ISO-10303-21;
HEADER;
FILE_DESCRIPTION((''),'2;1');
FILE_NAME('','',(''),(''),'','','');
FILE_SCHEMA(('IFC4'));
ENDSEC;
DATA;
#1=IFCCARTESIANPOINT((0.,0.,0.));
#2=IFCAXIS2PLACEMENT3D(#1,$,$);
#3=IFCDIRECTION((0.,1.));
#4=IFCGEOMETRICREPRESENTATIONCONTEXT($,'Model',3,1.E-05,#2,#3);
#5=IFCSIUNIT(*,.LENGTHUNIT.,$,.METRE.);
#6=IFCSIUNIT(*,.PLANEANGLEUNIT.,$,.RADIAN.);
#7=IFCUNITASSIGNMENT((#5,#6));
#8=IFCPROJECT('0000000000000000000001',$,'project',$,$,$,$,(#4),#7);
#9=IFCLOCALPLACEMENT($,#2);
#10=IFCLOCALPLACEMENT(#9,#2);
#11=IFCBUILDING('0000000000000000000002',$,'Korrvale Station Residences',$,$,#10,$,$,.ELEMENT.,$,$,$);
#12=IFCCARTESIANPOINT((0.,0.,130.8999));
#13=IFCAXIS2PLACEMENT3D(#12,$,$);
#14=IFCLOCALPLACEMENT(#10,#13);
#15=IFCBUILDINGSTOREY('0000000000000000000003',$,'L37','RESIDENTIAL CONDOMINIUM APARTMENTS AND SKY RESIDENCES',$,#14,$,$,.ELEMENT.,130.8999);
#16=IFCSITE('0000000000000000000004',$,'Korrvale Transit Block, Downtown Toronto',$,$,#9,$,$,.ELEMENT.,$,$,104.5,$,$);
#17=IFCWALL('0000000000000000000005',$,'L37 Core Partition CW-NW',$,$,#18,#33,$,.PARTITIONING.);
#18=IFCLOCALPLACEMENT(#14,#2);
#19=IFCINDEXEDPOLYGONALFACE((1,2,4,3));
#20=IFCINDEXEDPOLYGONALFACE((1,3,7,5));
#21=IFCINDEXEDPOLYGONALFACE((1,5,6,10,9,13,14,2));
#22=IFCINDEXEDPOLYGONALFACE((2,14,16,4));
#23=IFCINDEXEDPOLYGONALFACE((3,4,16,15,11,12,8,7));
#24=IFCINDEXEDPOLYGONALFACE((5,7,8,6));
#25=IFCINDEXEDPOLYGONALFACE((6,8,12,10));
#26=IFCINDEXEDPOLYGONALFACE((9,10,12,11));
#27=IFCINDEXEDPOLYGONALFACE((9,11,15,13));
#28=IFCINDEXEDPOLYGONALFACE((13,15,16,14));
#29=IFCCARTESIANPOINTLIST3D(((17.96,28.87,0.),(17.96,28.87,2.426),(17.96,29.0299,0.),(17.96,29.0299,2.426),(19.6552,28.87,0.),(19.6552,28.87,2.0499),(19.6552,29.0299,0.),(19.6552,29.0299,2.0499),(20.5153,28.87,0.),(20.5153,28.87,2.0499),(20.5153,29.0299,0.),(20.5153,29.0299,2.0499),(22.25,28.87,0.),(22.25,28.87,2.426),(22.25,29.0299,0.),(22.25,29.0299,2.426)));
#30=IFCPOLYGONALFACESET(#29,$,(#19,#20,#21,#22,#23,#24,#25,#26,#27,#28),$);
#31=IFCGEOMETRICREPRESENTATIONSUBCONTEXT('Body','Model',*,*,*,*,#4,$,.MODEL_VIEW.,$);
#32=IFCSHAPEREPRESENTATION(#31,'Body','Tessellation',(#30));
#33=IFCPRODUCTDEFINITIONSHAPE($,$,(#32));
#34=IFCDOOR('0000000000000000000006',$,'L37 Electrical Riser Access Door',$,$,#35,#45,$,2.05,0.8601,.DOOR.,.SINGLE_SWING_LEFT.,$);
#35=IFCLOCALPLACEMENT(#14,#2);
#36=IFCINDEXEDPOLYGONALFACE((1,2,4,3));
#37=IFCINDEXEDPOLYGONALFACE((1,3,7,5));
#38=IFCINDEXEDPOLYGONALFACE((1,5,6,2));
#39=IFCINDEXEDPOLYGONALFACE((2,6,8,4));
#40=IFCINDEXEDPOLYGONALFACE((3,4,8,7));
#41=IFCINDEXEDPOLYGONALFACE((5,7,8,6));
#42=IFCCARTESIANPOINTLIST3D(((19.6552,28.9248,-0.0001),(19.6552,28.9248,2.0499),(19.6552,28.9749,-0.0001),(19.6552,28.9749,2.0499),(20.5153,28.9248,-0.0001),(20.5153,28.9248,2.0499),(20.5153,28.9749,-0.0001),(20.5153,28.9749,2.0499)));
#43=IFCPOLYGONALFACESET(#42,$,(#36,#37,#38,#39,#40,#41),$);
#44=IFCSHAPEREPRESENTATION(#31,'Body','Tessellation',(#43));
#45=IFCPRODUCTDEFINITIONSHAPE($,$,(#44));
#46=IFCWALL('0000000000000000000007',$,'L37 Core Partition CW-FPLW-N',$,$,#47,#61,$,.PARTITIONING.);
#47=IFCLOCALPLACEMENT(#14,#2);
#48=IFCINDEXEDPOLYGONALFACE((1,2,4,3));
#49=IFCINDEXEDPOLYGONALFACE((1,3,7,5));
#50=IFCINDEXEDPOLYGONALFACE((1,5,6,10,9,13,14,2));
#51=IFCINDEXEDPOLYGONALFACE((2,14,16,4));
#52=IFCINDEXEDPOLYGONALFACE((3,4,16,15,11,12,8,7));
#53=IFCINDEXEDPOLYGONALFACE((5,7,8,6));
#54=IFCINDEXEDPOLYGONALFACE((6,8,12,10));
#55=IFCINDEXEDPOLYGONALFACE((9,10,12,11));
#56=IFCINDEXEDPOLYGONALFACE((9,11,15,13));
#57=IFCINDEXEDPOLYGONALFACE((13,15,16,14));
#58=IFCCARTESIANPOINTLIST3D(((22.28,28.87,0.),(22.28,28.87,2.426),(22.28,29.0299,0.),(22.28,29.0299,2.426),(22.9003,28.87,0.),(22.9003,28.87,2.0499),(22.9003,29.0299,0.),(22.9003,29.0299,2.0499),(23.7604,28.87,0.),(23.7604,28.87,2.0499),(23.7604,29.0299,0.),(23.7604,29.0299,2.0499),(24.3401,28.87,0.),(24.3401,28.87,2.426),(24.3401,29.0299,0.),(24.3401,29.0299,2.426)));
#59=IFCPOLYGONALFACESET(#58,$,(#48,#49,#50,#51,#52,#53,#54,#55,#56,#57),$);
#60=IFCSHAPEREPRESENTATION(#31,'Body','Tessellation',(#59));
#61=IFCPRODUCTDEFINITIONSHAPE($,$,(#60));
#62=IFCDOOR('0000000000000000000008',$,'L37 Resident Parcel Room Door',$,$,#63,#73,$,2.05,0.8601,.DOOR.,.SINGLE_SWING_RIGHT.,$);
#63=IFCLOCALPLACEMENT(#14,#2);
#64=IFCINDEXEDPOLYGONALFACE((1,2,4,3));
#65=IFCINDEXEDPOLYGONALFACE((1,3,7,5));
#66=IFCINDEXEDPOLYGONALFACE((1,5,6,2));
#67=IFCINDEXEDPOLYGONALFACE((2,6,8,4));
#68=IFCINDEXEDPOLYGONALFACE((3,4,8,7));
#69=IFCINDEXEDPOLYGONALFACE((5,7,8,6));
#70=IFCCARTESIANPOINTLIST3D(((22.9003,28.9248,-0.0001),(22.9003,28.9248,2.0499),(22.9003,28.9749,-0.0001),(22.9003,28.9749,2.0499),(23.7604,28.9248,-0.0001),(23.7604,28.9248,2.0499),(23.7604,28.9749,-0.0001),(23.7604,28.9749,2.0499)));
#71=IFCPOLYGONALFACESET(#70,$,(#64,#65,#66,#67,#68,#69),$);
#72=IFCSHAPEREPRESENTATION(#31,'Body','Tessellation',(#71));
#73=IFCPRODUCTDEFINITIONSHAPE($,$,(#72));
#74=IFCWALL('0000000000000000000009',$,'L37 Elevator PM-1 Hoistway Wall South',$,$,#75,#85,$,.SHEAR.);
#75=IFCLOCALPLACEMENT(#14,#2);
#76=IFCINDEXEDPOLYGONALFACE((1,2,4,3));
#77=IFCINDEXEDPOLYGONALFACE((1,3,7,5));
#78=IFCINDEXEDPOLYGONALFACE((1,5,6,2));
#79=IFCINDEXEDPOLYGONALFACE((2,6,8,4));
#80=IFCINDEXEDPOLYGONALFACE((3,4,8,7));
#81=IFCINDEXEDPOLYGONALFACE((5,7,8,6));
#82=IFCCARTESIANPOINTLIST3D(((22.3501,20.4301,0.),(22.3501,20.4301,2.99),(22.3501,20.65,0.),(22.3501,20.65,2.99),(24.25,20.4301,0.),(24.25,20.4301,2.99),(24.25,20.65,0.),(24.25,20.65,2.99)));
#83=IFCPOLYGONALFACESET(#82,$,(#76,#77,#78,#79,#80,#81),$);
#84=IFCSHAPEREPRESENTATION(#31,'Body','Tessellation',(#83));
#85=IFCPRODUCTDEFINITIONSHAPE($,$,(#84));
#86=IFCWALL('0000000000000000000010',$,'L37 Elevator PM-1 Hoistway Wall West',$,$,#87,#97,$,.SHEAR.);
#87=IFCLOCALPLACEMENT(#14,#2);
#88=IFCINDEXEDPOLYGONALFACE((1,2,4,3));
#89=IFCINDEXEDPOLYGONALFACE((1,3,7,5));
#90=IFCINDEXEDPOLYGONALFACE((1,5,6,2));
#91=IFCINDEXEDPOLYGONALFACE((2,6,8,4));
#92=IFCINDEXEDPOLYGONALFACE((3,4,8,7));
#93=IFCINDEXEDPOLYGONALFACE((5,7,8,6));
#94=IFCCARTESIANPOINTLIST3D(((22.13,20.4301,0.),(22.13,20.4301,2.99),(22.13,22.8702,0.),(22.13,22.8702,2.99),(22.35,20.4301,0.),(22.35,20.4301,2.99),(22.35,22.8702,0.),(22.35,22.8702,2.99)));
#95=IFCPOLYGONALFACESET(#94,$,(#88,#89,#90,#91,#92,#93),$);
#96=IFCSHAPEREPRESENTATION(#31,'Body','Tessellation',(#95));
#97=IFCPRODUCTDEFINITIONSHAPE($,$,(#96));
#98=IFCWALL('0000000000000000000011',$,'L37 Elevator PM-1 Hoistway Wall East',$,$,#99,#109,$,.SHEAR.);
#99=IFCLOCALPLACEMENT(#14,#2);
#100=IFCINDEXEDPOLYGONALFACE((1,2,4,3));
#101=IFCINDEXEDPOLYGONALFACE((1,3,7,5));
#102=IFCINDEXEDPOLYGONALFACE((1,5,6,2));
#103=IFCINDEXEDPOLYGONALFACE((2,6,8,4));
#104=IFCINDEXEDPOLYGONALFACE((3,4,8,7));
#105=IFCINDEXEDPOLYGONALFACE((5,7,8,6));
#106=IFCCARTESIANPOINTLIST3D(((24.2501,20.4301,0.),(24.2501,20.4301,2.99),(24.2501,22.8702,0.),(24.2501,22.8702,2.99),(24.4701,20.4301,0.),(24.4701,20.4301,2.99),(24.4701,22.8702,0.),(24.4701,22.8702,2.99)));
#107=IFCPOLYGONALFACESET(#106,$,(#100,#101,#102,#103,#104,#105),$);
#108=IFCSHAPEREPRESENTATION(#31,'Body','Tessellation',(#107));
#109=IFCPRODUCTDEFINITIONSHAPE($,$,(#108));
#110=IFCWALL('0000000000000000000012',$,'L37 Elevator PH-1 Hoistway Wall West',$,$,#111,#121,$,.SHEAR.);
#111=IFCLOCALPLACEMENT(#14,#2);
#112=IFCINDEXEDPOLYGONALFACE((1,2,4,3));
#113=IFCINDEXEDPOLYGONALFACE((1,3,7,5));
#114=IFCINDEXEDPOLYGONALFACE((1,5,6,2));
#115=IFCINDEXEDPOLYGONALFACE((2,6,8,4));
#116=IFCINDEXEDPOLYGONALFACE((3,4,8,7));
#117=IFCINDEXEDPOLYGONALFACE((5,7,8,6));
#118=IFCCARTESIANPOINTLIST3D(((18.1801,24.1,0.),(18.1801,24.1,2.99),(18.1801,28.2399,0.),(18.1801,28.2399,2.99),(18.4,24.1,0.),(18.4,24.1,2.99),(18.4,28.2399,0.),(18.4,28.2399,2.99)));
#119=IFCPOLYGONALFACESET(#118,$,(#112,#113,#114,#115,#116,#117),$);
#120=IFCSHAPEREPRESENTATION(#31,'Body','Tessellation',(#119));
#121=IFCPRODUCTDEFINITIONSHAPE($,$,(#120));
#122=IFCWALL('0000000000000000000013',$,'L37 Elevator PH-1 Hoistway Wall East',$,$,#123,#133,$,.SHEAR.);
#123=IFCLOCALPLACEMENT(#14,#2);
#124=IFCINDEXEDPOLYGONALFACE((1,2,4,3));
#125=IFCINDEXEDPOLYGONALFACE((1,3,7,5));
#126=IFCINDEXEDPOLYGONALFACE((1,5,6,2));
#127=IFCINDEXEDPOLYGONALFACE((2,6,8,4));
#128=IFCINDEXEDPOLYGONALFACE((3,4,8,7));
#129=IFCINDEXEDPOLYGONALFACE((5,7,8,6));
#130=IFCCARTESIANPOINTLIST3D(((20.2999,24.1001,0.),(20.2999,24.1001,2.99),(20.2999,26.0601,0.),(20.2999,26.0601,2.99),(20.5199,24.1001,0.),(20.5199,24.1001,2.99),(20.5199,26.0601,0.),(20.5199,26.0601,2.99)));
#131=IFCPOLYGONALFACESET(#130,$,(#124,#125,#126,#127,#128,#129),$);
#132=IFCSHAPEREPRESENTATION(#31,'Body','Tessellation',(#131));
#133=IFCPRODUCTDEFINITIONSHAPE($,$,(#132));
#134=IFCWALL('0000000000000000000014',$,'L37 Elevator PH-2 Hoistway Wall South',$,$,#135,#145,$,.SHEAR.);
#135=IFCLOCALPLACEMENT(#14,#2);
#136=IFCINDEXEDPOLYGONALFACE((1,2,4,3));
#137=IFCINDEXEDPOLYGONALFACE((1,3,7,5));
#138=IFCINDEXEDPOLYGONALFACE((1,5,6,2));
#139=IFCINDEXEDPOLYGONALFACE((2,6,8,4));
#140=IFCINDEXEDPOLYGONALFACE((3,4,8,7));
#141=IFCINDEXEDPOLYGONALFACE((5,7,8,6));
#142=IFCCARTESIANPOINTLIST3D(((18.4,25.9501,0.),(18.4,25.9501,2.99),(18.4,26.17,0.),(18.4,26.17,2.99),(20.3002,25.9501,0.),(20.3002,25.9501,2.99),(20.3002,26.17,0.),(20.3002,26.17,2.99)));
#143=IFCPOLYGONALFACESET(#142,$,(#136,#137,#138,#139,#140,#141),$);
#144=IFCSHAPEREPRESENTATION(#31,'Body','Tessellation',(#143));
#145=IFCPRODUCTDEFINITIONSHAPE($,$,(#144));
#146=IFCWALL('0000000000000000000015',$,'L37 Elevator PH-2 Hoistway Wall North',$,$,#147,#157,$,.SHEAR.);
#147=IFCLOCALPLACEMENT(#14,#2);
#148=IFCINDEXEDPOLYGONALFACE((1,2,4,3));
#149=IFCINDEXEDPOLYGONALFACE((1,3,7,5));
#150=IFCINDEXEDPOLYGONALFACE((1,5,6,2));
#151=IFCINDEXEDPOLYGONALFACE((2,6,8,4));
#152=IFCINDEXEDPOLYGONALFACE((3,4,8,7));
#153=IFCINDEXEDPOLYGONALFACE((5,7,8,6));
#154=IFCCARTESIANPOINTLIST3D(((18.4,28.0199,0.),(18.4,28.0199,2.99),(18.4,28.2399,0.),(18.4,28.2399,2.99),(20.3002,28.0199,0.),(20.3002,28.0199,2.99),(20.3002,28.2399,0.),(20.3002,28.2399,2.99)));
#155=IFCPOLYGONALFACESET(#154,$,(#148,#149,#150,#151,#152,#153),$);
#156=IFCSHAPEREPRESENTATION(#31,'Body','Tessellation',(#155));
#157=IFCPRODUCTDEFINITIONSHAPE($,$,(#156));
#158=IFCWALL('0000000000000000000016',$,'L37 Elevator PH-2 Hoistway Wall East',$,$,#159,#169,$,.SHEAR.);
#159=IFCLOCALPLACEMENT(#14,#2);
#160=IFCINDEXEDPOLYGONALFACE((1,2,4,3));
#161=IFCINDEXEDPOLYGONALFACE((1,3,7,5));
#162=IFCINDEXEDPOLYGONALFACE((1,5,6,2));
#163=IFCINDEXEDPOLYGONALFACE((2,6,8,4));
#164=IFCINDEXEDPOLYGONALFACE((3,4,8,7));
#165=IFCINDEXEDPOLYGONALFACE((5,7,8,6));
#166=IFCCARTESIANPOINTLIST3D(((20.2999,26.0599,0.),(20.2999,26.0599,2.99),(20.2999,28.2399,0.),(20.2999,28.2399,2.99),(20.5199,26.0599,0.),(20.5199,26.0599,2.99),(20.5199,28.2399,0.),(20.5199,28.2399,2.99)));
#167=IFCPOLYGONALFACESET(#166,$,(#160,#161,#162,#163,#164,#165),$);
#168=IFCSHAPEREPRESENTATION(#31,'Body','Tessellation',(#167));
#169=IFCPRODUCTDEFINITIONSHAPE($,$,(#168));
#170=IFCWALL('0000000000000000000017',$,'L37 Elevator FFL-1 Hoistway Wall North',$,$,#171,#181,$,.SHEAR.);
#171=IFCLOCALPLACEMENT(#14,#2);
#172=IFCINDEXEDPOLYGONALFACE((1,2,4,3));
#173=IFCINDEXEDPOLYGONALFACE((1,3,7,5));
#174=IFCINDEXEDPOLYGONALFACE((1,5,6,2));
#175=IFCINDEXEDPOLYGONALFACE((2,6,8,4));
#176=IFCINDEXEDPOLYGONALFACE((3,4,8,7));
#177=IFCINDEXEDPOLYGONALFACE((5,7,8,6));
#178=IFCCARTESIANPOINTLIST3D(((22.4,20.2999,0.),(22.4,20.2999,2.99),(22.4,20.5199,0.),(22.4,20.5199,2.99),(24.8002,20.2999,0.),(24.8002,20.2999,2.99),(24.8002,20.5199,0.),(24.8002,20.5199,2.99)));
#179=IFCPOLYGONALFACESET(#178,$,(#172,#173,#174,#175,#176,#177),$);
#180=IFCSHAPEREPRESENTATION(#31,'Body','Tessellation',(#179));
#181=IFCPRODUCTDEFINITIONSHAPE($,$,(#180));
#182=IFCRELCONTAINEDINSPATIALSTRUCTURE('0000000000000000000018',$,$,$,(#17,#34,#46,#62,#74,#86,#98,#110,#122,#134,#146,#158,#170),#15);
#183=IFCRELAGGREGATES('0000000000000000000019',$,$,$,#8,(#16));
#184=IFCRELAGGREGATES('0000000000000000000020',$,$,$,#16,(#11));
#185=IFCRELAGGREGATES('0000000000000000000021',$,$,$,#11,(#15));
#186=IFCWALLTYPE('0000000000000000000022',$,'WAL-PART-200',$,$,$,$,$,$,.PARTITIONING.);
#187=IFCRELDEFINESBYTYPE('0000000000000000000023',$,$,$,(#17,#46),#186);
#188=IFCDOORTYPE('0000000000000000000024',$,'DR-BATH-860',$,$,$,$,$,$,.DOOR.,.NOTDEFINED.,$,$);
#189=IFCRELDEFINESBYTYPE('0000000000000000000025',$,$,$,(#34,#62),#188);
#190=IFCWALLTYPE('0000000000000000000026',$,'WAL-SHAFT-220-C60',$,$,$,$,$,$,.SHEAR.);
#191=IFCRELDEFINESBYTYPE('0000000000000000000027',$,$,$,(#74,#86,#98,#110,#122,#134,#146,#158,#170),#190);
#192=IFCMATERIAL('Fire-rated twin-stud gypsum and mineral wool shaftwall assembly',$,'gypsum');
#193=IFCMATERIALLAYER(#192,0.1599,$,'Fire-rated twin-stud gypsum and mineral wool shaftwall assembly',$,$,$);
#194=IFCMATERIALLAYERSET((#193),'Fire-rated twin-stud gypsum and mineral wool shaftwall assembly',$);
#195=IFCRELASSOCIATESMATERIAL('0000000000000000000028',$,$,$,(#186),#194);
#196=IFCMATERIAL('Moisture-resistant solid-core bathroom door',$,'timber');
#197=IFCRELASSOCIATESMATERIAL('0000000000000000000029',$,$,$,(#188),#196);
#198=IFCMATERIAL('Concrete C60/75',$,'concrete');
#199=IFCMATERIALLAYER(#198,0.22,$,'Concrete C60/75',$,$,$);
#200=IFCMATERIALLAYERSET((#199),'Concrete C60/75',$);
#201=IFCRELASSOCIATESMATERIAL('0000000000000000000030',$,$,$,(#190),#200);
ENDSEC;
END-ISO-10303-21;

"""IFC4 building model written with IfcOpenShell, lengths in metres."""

from ifc_helpers import new_model, si_unit, direction, frame, frame_2d, origin, place, context, subcontext, project, spatial, rectangle, extrude, material, layer, layer_set, type_object, element, fill, save


model = new_model("IFC4")

# Units and contexts
model_context = context("Model", 3, precision=1e-05, world=origin(), true_north=direction((0.0, 1.0)))
body_context = subcontext(model_context, "Body", "Model", "MODEL_VIEW")
ifc_project = project(units=[si_unit("LENGTHUNIT", "METRE"), si_unit("PLANEANGLEUNIT", "RADIAN")], contexts=[model_context])

# Site, building, storey
site_placement = place(None, origin())
site = spatial("IfcSite", under=ifc_project, at=site_placement, Name="Korrvale Transit Block, Downtown Toronto", CompositionType="ELEMENT", RefElevation=104.5)
building_placement = place(site_placement, origin())
building = spatial("IfcBuilding", under=site, at=building_placement, Name="Korrvale Station Residences", CompositionType="ELEMENT")
storey_placement = place(building_placement, frame((0.0, 0.0, 130.8999)))
storey = spatial("IfcBuildingStorey", under=building, at=storey_placement, Name="L37", Description="RESIDENTIAL CONDOMINIUM APARTMENTS AND SKY RESIDENCES", CompositionType="ELEMENT", Elevation=130.8999)

# Shared definitions
ifc_material_1 = material(Name="Concrete C60/75", Category="concrete")

# Walls, openings, doors
ifc_material_2 = material(Name="Fire-rated twin-stud gypsum and mineral wool shaftwall assembly", Category="gypsum")
ifc_layer_1 = layer(ifc_material_2, 0.1599, Name="Fire-rated twin-stud gypsum and mineral wool shaftwall assembly")
ifc_layer_set_1 = layer_set([ifc_layer_1], Name="Fire-rated twin-stud gypsum and mineral wool shaftwall assembly")
wall_type_1 = type_object("IfcWallType", Name="WAL-PART-200", PredefinedType="PARTITIONING", material=ifc_layer_set_1)
wall_1_placement = place(storey_placement, frame((17.96, 28.95, 0.0), z_axis=(0.0, 0.0, 1.0), x_axis=(1.0, 0.0, 0.0)))
wall_1 = element("IfcWall", 1, at=wall_1_placement, inside=storey, type_object=wall_type_1, Name="L37 Core Partition CW-NW", PredefinedType="PARTITIONING", context=body_context, shape_type="SweptSolid", body=[
    extrude(rectangle(XDim=4.29, YDim=0.1599, at=frame_2d((2.145, 0.0))), origin(), (0.0, 0.0, 1.0), 2.426),
])
opening_1_placement = place(wall_1_placement, frame((1.6951, 0.0, 0.0)))
opening_1 = element("IfcOpeningElement", 2, at=opening_1_placement, cuts=wall_1, PredefinedType="OPENING", context=body_context, shape_type="SweptSolid", body=[
    extrude(rectangle(XDim=0.8601, YDim=2.05, at=frame_2d((0.4302, 1.0249))), frame((0.0, 0.0898, 0.0), z_axis=(0.0, -1.0, 0.0), x_axis=(1.0, 0.0, 0.0)), (0.0, 0.0, 1.0), 0.1799),
])
ifc_material_3 = material(Name="Moisture-resistant solid-core bathroom door", Category="timber")
door_type_1 = type_object("IfcDoorType", Name="DR-BATH-860", OperationType="NOTDEFINED", PredefinedType="DOOR", material=ifc_material_3)
door_1_placement = place(opening_1_placement, origin())
door_1 = element("IfcDoor", 3, at=door_1_placement, inside=storey, type_object=door_type_1, Name="L37 Electrical Riser Access Door", OperationType="SINGLE_SWING_LEFT", OverallHeight=2.05, OverallWidth=0.8601, PredefinedType="DOOR", context=body_context, shape_type="SweptSolid", body=[
    extrude(rectangle(XDim=0.8601, YDim=2.05, at=frame_2d((0.4302, 1.0249))), frame((0.0, 0.0249, 0.0), z_axis=(0.0, -1.0, 0.0), x_axis=(1.0, 0.0, 0.0)), (0.0, 0.0, 1.0), 0.05),
])
fill(opening_1, door_1)
wall_2_placement = place(storey_placement, frame((22.28, 28.95, 0.0), z_axis=(0.0, 0.0, 1.0), x_axis=(1.0, 0.0, 0.0)))
wall_2 = element("IfcWall", 4, at=wall_2_placement, inside=storey, type_object=wall_type_1, Name="L37 Core Partition CW-FPLW-N", PredefinedType="PARTITIONING", context=body_context, shape_type="SweptSolid", body=[
    extrude(rectangle(XDim=2.0601, YDim=0.1599, at=frame_2d((1.03, 0.0))), origin(), (0.0, 0.0, 1.0), 2.426),
])
opening_2_placement = place(wall_2_placement, frame((0.6201, 0.0, 0.0)))
opening_2 = element("IfcOpeningElement", 5, at=opening_2_placement, cuts=wall_2, PredefinedType="OPENING", context=body_context, shape_type="SweptSolid", body=[
    extrude(rectangle(XDim=0.8601, YDim=2.05, at=frame_2d((0.4302, 1.0249))), frame((0.0, 0.0898, 0.0), z_axis=(0.0, -1.0, 0.0), x_axis=(1.0, 0.0, 0.0)), (0.0, 0.0, 1.0), 0.1799),
])
door_2_placement = place(opening_2_placement, origin())
door_2 = element("IfcDoor", 6, at=door_2_placement, inside=storey, type_object=door_type_1, Name="L37 Resident Parcel Room Door", OperationType="SINGLE_SWING_RIGHT", OverallHeight=2.05, OverallWidth=0.8601, PredefinedType="DOOR", context=body_context, shape_type="SweptSolid", body=[
    extrude(rectangle(XDim=0.8601, YDim=2.05, at=frame_2d((0.4302, 1.0249))), frame((0.0, 0.0249, 0.0), z_axis=(0.0, -1.0, 0.0), x_axis=(1.0, 0.0, 0.0)), (0.0, 0.0, 1.0), 0.05),
])
fill(opening_2, door_2)

# Wall
ifc_layer_2 = layer(ifc_material_1, 0.22, Name="Concrete C60/75")
ifc_layer_set_2 = layer_set([ifc_layer_2], Name="Concrete C60/75")
wall_type_2 = type_object("IfcWallType", Name="WAL-SHAFT-220-C60", PredefinedType="SHEAR", material=ifc_layer_set_2)
wall_3_placement = place(storey_placement, frame((22.3501, 20.54, 0.0), z_axis=(0.0, 0.0, 1.0), x_axis=(1.0, 0.0, 0.0)))
element("IfcWall", 7, at=wall_3_placement, inside=storey, type_object=wall_type_2, Name="L37 Elevator PM-1 Hoistway Wall South", PredefinedType="SHEAR", context=body_context, shape_type="SweptSolid", body=[
    extrude(rectangle(XDim=1.8999, YDim=0.22, at=frame_2d((0.95, 0.0))), origin(), (0.0, 0.0, 1.0), 2.99),
])

# Walls
for number, where, z_axis, x_axis, name in (
    (8, (22.24, 20.4299, 0.0), (0.0, 0.0, 1.0), (0.0, 1.0, 0.0), "L37 Elevator PM-1 Hoistway Wall West"),
    (9, (24.3601, 20.4299, 0.0), (0.0, 0.0, 1.0), (0.0, 1.0, 0.0), "L37 Elevator PM-1 Hoistway Wall East"),
):
    element("IfcWall", number, at=place(storey_placement, frame(where, z_axis=z_axis, x_axis=x_axis)), inside=storey, type_object=wall_type_2, Name=name, PredefinedType="SHEAR", context=body_context, shape_type="SweptSolid", body=[
        extrude(rectangle(XDim=2.4402, YDim=0.22, at=frame_2d((1.2202, 0.0))), origin(), (0.0, 0.0, 1.0), 2.99),
    ])
wall_4_placement = place(storey_placement, frame((18.29, 24.1001, 0.0), z_axis=(0.0, 0.0, 1.0), x_axis=(0.0, 1.0, 0.0)))
element("IfcWall", 10, at=wall_4_placement, inside=storey, type_object=wall_type_2, Name="L37 Elevator PH-1 Hoistway Wall West", PredefinedType="SHEAR", context=body_context, shape_type="SweptSolid", body=[
    extrude(rectangle(XDim=4.1399, YDim=0.22, at=frame_2d((2.0698, 0.0))), origin(), (0.0, 0.0, 1.0), 2.99),
])
wall_5_placement = place(storey_placement, frame((20.4099, 24.1001, 0.0), z_axis=(0.0, 0.0, 1.0), x_axis=(0.0, 1.0, 0.0)))
element("IfcWall", 11, at=wall_5_placement, inside=storey, type_object=wall_type_2, Name="L37 Elevator PH-1 Hoistway Wall East", PredefinedType="SHEAR", context=body_context, shape_type="SweptSolid", body=[
    extrude(rectangle(XDim=1.96, YDim=0.22, at=frame_2d((0.98, 0.0))), origin(), (0.0, 0.0, 1.0), 2.99),
])
for number, where, z_axis, x_axis, name in (
    (12, (18.3999, 26.0601, 0.0), (0.0, 0.0, 1.0), (1.0, 0.0, 0.0), "L37 Elevator PH-2 Hoistway Wall South"),
    (13, (18.3999, 28.1299, 0.0), (0.0, 0.0, 1.0), (1.0, 0.0, 0.0), "L37 Elevator PH-2 Hoistway Wall North"),
):
    element("IfcWall", number, at=place(storey_placement, frame(where, z_axis=z_axis, x_axis=x_axis)), inside=storey, type_object=wall_type_2, Name=name, PredefinedType="SHEAR", context=body_context, shape_type="SweptSolid", body=[
        extrude(rectangle(XDim=1.9001, YDim=0.22, at=frame_2d((0.9502, 0.0))), origin(), (0.0, 0.0, 1.0), 2.99),
    ])
wall_6_placement = place(storey_placement, frame((20.4099, 26.0601, 0.0), z_axis=(0.0, 0.0, 1.0), x_axis=(0.0, 1.0, 0.0)))
element("IfcWall", 14, at=wall_6_placement, inside=storey, type_object=wall_type_2, Name="L37 Elevator PH-2 Hoistway Wall East", PredefinedType="SHEAR", context=body_context, shape_type="SweptSolid", body=[
    extrude(rectangle(XDim=2.1799, YDim=0.22, at=frame_2d((1.0898, 0.0))), origin(), (0.0, 0.0, 1.0), 2.99),
])
wall_7_placement = place(storey_placement, frame((22.3999, 20.4099, 0.0), z_axis=(0.0, 0.0, 1.0), x_axis=(1.0, 0.0, 0.0)))
element("IfcWall", 15, at=wall_7_placement, inside=storey, type_object=wall_type_2, Name="L37 Elevator FFL-1 Hoistway Wall North", PredefinedType="SHEAR", context=body_context, shape_type="SweptSolid", body=[
    extrude(rectangle(XDim=2.4001, YDim=0.22, at=frame_2d((1.2002, 0.0))), origin(), (0.0, 0.0, 1.0), 2.99),
])

save(model, "model.ifc")
